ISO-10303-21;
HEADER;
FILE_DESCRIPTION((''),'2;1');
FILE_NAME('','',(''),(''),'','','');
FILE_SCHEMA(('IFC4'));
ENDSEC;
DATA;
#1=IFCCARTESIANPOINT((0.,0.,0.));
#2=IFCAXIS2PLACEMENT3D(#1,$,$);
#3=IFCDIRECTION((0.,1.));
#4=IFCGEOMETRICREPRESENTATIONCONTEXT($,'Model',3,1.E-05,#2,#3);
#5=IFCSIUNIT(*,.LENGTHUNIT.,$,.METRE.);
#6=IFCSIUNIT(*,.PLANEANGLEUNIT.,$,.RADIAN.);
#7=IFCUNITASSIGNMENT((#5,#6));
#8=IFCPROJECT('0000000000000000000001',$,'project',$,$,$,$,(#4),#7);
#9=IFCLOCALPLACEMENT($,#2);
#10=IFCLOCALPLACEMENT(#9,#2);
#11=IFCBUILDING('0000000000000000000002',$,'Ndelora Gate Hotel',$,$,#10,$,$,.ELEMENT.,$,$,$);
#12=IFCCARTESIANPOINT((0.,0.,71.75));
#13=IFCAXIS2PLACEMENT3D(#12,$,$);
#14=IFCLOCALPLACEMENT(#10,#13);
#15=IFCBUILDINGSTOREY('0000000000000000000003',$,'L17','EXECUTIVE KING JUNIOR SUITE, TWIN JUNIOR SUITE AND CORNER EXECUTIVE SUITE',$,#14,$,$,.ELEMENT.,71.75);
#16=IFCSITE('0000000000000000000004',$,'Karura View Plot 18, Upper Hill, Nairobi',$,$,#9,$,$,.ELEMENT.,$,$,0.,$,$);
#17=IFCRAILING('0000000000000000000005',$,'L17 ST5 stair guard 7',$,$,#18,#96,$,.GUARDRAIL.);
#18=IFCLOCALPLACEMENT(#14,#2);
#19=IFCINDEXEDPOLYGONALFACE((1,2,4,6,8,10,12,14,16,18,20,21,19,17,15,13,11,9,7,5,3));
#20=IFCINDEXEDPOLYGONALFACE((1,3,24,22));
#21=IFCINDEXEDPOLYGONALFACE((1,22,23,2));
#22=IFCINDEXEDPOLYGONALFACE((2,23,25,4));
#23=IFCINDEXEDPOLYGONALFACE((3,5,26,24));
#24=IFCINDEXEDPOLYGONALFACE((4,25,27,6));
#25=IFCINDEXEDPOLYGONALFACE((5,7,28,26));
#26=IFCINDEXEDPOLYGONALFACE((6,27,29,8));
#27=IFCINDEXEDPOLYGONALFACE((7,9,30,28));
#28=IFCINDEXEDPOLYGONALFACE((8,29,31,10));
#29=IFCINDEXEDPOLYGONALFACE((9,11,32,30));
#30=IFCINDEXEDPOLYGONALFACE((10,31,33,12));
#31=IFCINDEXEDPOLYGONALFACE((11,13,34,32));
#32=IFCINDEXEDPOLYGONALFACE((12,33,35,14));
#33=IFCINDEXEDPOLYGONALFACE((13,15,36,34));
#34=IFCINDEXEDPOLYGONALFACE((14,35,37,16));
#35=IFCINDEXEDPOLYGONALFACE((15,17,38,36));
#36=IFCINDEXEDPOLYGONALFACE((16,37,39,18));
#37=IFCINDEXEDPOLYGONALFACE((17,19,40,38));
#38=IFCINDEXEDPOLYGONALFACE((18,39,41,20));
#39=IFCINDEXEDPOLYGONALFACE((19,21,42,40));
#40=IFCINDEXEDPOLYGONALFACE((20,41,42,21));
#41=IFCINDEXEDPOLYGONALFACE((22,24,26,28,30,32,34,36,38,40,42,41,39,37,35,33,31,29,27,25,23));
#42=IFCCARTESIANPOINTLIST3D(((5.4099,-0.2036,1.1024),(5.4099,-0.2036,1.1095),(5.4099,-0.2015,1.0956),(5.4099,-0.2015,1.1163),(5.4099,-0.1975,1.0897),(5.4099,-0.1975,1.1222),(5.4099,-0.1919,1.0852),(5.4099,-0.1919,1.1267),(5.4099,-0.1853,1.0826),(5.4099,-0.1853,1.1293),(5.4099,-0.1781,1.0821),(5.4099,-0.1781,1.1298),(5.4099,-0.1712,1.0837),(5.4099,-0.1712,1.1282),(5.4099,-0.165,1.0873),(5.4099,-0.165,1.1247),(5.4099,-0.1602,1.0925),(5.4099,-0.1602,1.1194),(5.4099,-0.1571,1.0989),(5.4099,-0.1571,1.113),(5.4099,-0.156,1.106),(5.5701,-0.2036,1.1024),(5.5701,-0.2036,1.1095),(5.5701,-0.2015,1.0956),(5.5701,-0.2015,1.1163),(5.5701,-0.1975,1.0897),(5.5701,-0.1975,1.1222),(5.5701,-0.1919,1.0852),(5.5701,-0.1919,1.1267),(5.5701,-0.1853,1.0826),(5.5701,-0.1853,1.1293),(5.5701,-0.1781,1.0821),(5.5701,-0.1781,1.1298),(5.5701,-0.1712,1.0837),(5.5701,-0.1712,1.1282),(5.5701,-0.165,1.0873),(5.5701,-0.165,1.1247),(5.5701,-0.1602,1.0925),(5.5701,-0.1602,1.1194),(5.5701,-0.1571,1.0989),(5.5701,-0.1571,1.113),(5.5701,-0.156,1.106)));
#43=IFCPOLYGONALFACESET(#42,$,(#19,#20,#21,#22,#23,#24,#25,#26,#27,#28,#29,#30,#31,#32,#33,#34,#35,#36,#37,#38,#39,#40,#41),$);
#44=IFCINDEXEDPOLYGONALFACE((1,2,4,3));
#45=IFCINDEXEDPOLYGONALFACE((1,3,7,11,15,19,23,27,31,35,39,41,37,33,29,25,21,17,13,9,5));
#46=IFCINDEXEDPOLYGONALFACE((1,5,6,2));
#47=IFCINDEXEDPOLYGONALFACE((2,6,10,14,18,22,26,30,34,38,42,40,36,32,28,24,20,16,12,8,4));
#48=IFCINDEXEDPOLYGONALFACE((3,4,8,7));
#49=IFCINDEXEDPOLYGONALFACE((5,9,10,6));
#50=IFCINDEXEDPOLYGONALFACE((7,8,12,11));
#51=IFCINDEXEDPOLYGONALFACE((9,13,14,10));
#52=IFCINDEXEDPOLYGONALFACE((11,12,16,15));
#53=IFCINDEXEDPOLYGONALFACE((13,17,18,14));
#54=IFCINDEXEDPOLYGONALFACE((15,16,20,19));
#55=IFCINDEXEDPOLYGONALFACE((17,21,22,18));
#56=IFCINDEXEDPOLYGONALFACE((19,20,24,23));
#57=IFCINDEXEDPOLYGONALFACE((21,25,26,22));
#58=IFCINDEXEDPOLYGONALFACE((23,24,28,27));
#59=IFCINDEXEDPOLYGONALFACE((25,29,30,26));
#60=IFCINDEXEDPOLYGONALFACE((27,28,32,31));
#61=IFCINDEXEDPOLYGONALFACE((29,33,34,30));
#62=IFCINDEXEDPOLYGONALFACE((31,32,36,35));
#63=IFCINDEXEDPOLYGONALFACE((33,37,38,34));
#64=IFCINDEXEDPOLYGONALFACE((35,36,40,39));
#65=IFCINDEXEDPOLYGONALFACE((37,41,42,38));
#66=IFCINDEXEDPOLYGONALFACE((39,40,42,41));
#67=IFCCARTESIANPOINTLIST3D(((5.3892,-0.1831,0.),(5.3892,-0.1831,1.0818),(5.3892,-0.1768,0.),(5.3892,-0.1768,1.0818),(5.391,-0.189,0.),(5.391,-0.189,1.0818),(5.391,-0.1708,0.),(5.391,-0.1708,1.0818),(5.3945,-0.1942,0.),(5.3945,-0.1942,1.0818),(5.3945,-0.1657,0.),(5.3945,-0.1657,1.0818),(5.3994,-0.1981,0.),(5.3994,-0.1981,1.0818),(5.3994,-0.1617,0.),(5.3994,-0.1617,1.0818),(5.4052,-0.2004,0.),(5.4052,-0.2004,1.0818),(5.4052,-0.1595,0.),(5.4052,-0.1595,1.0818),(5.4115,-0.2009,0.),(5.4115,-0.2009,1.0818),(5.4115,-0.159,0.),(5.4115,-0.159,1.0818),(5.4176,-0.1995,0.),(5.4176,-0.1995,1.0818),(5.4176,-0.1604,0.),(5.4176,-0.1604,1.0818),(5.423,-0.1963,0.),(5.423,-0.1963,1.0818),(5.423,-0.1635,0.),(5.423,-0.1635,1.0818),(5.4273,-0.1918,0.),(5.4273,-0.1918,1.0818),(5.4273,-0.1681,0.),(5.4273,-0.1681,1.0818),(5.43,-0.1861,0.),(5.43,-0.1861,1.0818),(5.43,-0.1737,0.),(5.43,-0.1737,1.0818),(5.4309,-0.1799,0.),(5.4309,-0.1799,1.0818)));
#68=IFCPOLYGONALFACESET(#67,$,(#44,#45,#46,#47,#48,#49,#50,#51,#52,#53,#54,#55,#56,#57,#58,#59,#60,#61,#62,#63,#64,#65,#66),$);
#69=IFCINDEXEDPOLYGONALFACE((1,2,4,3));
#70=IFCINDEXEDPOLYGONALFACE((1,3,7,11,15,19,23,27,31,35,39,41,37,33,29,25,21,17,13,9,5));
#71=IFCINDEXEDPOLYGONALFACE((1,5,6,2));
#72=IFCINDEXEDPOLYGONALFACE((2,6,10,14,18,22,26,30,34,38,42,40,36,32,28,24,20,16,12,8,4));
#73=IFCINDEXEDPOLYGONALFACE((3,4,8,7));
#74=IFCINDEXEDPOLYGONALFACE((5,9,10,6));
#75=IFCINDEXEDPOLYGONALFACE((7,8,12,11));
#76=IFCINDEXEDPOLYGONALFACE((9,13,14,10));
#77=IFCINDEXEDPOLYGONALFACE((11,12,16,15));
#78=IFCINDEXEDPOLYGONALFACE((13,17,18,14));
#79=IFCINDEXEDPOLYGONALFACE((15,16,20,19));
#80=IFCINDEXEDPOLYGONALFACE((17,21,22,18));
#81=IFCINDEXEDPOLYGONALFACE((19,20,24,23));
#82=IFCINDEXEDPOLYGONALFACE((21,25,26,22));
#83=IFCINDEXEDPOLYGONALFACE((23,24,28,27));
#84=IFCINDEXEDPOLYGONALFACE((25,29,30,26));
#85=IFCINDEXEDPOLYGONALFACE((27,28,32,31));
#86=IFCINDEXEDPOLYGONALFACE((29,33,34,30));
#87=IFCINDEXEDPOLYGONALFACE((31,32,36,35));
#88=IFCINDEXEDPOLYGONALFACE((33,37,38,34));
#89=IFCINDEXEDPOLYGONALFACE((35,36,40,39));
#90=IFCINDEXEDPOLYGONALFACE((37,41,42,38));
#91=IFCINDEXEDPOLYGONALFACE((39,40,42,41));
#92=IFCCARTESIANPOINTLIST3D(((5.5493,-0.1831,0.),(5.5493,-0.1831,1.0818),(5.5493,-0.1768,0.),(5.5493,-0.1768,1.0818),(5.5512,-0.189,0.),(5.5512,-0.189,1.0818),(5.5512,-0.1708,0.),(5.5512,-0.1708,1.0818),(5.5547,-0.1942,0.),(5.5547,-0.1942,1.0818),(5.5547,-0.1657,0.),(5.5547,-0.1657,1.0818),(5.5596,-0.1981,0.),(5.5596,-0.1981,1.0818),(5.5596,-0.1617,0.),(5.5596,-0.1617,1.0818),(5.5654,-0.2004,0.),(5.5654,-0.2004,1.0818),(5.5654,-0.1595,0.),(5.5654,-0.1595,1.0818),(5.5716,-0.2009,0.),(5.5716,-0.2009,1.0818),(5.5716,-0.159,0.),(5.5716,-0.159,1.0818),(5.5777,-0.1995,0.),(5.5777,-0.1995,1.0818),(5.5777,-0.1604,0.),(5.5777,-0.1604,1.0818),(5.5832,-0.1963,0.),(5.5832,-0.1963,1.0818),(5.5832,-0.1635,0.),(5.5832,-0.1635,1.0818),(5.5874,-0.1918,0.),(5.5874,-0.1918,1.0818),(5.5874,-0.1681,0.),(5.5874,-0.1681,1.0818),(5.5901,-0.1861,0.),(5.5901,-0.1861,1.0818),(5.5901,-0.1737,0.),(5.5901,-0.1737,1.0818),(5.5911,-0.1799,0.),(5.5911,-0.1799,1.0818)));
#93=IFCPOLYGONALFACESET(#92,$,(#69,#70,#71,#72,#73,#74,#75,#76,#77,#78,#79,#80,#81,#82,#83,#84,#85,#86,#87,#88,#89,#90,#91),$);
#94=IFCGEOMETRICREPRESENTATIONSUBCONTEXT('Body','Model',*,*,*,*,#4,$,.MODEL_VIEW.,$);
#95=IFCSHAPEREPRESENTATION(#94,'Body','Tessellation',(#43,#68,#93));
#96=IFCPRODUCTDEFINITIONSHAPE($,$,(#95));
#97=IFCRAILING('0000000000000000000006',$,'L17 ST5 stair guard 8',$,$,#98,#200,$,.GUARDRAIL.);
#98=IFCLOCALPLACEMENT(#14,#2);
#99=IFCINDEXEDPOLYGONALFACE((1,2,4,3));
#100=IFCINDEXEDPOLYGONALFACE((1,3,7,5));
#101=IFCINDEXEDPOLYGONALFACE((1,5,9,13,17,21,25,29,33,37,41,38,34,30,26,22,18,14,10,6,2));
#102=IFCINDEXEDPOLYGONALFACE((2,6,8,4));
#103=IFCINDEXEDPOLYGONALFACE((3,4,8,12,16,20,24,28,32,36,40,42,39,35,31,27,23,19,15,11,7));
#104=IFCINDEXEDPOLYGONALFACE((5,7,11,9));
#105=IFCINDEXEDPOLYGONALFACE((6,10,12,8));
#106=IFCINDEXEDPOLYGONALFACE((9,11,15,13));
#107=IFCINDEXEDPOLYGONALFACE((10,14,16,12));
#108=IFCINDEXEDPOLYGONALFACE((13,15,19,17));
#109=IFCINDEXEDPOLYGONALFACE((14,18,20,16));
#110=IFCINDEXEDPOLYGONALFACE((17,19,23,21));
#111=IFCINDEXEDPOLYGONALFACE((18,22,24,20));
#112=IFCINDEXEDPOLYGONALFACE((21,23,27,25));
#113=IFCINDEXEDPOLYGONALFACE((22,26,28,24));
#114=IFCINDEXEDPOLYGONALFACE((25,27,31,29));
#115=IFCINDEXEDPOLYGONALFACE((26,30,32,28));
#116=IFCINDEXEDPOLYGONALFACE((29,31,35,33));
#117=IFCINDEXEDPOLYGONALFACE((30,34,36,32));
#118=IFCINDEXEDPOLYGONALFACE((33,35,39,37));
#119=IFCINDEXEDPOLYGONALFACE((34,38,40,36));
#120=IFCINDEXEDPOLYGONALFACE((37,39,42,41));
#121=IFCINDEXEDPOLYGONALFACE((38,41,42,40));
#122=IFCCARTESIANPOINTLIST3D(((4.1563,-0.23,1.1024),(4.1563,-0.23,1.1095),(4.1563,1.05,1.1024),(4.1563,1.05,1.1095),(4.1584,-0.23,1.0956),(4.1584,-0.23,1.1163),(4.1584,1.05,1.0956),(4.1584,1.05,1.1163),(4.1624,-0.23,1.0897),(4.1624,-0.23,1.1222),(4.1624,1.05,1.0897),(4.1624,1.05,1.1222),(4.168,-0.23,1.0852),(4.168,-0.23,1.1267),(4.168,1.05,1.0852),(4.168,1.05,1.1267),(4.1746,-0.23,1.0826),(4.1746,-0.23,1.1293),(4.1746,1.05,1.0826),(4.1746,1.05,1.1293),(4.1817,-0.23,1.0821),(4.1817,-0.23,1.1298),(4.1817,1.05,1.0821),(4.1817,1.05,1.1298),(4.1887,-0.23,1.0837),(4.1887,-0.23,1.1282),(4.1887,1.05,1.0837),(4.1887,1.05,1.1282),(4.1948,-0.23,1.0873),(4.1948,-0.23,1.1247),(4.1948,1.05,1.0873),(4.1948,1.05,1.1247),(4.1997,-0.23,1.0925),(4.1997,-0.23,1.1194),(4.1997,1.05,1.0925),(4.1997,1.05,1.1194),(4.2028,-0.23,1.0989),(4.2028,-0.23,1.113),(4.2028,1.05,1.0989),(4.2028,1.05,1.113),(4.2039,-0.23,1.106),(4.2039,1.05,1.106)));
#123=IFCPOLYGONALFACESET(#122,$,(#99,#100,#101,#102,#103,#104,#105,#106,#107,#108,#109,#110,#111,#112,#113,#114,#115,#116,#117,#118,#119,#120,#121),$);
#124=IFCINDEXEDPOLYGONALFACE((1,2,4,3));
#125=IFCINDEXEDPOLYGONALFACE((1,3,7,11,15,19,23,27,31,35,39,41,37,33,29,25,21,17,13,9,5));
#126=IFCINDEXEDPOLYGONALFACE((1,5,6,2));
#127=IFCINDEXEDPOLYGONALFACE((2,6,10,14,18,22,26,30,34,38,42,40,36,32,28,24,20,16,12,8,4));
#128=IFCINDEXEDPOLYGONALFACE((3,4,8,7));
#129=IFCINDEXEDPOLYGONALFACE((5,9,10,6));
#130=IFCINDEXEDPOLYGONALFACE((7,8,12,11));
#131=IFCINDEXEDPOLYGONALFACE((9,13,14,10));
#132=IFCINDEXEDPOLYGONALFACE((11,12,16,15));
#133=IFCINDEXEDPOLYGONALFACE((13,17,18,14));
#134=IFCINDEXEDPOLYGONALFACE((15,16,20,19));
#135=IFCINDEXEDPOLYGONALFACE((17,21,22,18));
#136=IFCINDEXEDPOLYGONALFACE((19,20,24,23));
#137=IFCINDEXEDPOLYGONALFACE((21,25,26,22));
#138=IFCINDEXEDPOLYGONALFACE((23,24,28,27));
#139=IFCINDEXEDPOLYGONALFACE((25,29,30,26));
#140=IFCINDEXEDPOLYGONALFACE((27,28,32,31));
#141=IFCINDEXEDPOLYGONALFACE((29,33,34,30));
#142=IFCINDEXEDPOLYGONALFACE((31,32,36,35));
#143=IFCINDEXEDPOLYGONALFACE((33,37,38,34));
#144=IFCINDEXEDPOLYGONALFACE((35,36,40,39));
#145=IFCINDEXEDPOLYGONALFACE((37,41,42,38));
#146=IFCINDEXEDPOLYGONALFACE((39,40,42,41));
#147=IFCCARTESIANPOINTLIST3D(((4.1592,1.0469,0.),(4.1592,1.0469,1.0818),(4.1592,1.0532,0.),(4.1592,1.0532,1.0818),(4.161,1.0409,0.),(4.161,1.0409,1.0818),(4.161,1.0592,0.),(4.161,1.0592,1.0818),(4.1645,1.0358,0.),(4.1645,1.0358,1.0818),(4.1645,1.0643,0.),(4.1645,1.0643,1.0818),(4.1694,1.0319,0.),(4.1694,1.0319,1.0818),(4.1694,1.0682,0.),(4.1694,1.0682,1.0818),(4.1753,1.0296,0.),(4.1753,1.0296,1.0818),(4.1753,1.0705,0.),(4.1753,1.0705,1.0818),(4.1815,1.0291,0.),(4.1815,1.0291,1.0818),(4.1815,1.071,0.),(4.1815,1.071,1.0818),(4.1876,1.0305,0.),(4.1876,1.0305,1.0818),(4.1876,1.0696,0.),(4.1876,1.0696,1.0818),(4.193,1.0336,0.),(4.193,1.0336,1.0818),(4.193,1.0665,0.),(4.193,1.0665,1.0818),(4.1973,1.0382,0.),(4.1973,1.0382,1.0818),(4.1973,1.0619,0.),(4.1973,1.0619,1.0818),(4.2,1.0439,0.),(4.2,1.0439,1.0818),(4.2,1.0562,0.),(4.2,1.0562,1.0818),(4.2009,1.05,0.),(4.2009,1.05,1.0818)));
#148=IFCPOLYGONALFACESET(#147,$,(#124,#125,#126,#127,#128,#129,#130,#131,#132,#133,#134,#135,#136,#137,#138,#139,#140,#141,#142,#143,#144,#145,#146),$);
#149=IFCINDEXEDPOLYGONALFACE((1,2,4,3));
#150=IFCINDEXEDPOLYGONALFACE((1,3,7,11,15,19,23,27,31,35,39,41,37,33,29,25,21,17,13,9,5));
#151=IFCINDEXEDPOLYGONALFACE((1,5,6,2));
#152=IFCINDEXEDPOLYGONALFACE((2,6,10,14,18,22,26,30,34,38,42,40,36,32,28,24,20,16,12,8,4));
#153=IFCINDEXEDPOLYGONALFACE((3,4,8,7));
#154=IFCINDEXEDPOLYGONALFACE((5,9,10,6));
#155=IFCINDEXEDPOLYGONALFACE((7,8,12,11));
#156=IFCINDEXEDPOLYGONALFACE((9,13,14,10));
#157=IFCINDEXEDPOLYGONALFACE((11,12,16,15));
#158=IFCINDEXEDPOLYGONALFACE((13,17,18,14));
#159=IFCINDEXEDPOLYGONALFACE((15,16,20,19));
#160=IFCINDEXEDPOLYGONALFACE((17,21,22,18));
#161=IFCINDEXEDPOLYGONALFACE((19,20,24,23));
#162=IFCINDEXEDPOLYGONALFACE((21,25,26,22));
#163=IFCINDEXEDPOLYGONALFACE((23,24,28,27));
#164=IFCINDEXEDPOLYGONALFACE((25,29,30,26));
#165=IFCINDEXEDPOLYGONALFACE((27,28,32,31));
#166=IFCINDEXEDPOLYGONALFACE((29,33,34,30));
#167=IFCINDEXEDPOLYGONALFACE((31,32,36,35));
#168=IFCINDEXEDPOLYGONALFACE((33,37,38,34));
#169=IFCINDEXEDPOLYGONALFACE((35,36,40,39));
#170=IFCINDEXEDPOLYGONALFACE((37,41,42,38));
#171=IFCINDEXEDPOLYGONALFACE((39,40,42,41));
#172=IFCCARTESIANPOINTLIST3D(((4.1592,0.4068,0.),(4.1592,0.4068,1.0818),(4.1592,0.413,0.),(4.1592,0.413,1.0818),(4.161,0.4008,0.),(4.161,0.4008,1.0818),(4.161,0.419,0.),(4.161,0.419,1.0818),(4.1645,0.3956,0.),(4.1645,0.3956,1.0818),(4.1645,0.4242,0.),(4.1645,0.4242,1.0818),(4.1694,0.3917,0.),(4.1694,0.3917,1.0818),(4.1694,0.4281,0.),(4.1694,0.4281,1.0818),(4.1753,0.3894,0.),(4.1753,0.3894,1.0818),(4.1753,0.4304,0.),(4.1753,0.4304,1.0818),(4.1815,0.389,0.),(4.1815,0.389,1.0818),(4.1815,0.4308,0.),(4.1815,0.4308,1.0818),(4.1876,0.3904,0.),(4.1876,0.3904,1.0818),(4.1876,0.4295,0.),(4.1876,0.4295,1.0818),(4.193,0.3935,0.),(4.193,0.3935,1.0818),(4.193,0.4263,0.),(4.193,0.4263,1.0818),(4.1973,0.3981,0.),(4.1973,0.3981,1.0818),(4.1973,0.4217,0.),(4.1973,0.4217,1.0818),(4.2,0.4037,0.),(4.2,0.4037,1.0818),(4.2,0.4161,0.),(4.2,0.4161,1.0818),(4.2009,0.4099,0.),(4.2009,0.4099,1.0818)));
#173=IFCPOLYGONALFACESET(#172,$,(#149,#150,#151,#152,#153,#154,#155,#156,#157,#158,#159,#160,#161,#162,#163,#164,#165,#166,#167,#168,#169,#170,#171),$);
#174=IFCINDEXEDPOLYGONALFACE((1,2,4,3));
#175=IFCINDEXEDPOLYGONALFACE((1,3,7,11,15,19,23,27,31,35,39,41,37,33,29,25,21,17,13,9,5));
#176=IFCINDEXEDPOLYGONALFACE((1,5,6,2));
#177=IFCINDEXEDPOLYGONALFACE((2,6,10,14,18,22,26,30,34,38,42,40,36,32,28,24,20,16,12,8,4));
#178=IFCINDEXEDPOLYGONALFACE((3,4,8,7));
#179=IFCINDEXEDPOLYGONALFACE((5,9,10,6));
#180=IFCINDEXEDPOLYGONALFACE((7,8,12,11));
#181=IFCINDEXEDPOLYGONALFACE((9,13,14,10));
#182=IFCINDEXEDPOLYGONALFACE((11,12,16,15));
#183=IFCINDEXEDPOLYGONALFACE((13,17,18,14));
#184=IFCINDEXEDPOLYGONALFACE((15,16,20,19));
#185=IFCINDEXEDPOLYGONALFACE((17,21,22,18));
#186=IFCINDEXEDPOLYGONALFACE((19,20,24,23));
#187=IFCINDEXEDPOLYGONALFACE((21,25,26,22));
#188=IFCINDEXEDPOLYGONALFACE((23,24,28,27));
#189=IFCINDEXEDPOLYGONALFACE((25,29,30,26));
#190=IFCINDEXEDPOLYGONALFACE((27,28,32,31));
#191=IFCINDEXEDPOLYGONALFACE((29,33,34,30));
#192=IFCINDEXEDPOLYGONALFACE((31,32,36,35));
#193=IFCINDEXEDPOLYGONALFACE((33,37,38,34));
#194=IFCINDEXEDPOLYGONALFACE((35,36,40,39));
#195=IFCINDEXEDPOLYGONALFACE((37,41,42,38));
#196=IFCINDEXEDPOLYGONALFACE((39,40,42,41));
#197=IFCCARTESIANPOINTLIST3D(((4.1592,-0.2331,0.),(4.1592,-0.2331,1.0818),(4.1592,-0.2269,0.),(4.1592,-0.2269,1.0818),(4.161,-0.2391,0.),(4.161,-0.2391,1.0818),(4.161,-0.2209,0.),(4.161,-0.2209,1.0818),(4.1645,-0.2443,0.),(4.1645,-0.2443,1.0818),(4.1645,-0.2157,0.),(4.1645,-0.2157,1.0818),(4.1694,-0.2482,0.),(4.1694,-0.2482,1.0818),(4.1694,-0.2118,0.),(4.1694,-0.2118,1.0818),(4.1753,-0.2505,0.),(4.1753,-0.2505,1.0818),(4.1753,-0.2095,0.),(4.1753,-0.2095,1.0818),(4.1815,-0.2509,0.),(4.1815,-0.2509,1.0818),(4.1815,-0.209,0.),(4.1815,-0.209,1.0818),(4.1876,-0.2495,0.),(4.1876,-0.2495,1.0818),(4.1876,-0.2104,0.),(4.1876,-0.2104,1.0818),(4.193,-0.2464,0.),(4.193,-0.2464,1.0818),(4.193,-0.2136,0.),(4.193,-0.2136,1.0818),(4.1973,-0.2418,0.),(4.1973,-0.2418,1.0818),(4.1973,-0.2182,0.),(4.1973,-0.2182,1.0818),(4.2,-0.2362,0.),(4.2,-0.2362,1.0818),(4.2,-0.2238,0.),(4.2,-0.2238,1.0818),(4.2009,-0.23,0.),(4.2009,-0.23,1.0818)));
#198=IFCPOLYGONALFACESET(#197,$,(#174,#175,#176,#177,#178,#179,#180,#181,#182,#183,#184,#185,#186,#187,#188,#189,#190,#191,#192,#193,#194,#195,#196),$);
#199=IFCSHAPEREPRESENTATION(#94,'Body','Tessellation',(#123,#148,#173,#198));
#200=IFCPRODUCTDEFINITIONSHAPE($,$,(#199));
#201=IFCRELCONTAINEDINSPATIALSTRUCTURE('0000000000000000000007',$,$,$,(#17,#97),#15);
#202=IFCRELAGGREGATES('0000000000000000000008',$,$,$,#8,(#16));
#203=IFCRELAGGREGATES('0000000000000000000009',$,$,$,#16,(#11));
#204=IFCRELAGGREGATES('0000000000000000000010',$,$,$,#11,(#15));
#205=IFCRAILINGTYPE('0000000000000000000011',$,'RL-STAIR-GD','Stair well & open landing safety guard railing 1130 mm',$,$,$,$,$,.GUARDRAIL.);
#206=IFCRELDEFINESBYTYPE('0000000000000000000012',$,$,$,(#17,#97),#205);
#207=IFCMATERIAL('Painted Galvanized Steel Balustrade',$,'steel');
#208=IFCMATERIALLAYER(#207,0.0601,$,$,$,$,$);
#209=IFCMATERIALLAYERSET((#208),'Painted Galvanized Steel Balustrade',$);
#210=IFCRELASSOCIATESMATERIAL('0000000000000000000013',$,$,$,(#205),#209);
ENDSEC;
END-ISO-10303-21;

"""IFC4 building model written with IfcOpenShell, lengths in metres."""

from ifc_helpers import new_model, si_unit, direction, frame, origin, origin_2d, place, context, subcontext, project, spatial, circle, extrude, material, layer, layer_set, type_object, element, save


model = new_model("IFC4")

# Units and contexts
model_context = context("Model", 3, precision=1e-05, world=origin(), true_north=direction((0.0, 1.0)))
body_context = subcontext(model_context, "Body", "Model", "MODEL_VIEW")
ifc_project = project(units=[si_unit("LENGTHUNIT", "METRE"), si_unit("PLANEANGLEUNIT", "RADIAN")], contexts=[model_context])

# Site, building, storey
site_placement = place(None, origin())
site = spatial("IfcSite", under=ifc_project, at=site_placement, Name="Karura View Plot 18, Upper Hill, Nairobi", CompositionType="ELEMENT", RefElevation=0.0)
building_placement = place(site_placement, origin())
building = spatial("IfcBuilding", under=site, at=building_placement, Name="Ndelora Gate Hotel", CompositionType="ELEMENT")
storey_placement = place(building_placement, frame((0.0, 0.0, 71.75)))
storey = spatial("IfcBuildingStorey", under=building, at=storey_placement, Name="L17", Description="EXECUTIVE KING JUNIOR SUITE, TWIN JUNIOR SUITE AND CORNER EXECUTIVE SUITE", CompositionType="ELEMENT", Elevation=71.75)

# Railings
ifc_material_1 = material(Name="Painted Galvanized Steel Balustrade", Category="steel")
ifc_layer_1 = layer(ifc_material_1, 0.0601)
ifc_layer_set_1 = layer_set([ifc_layer_1], Name="Painted Galvanized Steel Balustrade")
railing_type_1 = type_object("IfcRailingType", Name="RL-STAIR-GD", Description="Stair well & open landing safety guard railing 1130 mm", PredefinedType="GUARDRAIL", material=ifc_layer_set_1)
railing_1_placement = place(storey_placement, frame((5.4099, -0.1799, 0.0)))
element("IfcRailing", 1, at=railing_1_placement, inside=storey, type_object=railing_type_1, Name="L17 ST5 stair guard 7", PredefinedType="GUARDRAIL", context=body_context, shape_type="SweptSolid", body=[
    extrude(circle(Radius=0.0239, at=origin_2d()), frame((0.0, 0.0, 1.106), z_axis=(1.0, 0.0, 0.0), x_axis=(0.0, 1.0, 0.0)), (0.0, 0.0, 1.0), 0.1602),
    extrude(circle(Radius=0.021, at=origin_2d()), origin(), (0.0, 0.0, 1.0), 1.0818),
    extrude(circle(Radius=0.021, at=origin_2d()), frame((0.1602, 0.0, 0.0)), (0.0, 0.0, 1.0), 1.0818),
])
railing_2_placement = place(storey_placement, frame((4.1799, 1.05, 0.0)))
element("IfcRailing", 2, at=railing_2_placement, inside=storey, type_object=railing_type_1, Name="L17 ST5 stair guard 8", PredefinedType="GUARDRAIL", context=body_context, shape_type="SweptSolid", body=[
    extrude(circle(Radius=0.0239, at=origin_2d()), frame((0.0, 0.0, 1.106), z_axis=(0.0, -1.0, 0.0), x_axis=(1.0, 0.0, 0.0)), (0.0, 0.0, 1.0), 1.28),
    extrude(circle(Radius=0.021, at=origin_2d()), origin(), (0.0, 0.0, 1.0), 1.0818),
    extrude(circle(Radius=0.021, at=origin_2d()), frame((0.0, -0.6401, 0.0)), (0.0, 0.0, 1.0), 1.0818),
    extrude(circle(Radius=0.021, at=origin_2d()), frame((0.0, -1.28, 0.0)), (0.0, 0.0, 1.0), 1.0818),
])

save(model, "model.ifc")
